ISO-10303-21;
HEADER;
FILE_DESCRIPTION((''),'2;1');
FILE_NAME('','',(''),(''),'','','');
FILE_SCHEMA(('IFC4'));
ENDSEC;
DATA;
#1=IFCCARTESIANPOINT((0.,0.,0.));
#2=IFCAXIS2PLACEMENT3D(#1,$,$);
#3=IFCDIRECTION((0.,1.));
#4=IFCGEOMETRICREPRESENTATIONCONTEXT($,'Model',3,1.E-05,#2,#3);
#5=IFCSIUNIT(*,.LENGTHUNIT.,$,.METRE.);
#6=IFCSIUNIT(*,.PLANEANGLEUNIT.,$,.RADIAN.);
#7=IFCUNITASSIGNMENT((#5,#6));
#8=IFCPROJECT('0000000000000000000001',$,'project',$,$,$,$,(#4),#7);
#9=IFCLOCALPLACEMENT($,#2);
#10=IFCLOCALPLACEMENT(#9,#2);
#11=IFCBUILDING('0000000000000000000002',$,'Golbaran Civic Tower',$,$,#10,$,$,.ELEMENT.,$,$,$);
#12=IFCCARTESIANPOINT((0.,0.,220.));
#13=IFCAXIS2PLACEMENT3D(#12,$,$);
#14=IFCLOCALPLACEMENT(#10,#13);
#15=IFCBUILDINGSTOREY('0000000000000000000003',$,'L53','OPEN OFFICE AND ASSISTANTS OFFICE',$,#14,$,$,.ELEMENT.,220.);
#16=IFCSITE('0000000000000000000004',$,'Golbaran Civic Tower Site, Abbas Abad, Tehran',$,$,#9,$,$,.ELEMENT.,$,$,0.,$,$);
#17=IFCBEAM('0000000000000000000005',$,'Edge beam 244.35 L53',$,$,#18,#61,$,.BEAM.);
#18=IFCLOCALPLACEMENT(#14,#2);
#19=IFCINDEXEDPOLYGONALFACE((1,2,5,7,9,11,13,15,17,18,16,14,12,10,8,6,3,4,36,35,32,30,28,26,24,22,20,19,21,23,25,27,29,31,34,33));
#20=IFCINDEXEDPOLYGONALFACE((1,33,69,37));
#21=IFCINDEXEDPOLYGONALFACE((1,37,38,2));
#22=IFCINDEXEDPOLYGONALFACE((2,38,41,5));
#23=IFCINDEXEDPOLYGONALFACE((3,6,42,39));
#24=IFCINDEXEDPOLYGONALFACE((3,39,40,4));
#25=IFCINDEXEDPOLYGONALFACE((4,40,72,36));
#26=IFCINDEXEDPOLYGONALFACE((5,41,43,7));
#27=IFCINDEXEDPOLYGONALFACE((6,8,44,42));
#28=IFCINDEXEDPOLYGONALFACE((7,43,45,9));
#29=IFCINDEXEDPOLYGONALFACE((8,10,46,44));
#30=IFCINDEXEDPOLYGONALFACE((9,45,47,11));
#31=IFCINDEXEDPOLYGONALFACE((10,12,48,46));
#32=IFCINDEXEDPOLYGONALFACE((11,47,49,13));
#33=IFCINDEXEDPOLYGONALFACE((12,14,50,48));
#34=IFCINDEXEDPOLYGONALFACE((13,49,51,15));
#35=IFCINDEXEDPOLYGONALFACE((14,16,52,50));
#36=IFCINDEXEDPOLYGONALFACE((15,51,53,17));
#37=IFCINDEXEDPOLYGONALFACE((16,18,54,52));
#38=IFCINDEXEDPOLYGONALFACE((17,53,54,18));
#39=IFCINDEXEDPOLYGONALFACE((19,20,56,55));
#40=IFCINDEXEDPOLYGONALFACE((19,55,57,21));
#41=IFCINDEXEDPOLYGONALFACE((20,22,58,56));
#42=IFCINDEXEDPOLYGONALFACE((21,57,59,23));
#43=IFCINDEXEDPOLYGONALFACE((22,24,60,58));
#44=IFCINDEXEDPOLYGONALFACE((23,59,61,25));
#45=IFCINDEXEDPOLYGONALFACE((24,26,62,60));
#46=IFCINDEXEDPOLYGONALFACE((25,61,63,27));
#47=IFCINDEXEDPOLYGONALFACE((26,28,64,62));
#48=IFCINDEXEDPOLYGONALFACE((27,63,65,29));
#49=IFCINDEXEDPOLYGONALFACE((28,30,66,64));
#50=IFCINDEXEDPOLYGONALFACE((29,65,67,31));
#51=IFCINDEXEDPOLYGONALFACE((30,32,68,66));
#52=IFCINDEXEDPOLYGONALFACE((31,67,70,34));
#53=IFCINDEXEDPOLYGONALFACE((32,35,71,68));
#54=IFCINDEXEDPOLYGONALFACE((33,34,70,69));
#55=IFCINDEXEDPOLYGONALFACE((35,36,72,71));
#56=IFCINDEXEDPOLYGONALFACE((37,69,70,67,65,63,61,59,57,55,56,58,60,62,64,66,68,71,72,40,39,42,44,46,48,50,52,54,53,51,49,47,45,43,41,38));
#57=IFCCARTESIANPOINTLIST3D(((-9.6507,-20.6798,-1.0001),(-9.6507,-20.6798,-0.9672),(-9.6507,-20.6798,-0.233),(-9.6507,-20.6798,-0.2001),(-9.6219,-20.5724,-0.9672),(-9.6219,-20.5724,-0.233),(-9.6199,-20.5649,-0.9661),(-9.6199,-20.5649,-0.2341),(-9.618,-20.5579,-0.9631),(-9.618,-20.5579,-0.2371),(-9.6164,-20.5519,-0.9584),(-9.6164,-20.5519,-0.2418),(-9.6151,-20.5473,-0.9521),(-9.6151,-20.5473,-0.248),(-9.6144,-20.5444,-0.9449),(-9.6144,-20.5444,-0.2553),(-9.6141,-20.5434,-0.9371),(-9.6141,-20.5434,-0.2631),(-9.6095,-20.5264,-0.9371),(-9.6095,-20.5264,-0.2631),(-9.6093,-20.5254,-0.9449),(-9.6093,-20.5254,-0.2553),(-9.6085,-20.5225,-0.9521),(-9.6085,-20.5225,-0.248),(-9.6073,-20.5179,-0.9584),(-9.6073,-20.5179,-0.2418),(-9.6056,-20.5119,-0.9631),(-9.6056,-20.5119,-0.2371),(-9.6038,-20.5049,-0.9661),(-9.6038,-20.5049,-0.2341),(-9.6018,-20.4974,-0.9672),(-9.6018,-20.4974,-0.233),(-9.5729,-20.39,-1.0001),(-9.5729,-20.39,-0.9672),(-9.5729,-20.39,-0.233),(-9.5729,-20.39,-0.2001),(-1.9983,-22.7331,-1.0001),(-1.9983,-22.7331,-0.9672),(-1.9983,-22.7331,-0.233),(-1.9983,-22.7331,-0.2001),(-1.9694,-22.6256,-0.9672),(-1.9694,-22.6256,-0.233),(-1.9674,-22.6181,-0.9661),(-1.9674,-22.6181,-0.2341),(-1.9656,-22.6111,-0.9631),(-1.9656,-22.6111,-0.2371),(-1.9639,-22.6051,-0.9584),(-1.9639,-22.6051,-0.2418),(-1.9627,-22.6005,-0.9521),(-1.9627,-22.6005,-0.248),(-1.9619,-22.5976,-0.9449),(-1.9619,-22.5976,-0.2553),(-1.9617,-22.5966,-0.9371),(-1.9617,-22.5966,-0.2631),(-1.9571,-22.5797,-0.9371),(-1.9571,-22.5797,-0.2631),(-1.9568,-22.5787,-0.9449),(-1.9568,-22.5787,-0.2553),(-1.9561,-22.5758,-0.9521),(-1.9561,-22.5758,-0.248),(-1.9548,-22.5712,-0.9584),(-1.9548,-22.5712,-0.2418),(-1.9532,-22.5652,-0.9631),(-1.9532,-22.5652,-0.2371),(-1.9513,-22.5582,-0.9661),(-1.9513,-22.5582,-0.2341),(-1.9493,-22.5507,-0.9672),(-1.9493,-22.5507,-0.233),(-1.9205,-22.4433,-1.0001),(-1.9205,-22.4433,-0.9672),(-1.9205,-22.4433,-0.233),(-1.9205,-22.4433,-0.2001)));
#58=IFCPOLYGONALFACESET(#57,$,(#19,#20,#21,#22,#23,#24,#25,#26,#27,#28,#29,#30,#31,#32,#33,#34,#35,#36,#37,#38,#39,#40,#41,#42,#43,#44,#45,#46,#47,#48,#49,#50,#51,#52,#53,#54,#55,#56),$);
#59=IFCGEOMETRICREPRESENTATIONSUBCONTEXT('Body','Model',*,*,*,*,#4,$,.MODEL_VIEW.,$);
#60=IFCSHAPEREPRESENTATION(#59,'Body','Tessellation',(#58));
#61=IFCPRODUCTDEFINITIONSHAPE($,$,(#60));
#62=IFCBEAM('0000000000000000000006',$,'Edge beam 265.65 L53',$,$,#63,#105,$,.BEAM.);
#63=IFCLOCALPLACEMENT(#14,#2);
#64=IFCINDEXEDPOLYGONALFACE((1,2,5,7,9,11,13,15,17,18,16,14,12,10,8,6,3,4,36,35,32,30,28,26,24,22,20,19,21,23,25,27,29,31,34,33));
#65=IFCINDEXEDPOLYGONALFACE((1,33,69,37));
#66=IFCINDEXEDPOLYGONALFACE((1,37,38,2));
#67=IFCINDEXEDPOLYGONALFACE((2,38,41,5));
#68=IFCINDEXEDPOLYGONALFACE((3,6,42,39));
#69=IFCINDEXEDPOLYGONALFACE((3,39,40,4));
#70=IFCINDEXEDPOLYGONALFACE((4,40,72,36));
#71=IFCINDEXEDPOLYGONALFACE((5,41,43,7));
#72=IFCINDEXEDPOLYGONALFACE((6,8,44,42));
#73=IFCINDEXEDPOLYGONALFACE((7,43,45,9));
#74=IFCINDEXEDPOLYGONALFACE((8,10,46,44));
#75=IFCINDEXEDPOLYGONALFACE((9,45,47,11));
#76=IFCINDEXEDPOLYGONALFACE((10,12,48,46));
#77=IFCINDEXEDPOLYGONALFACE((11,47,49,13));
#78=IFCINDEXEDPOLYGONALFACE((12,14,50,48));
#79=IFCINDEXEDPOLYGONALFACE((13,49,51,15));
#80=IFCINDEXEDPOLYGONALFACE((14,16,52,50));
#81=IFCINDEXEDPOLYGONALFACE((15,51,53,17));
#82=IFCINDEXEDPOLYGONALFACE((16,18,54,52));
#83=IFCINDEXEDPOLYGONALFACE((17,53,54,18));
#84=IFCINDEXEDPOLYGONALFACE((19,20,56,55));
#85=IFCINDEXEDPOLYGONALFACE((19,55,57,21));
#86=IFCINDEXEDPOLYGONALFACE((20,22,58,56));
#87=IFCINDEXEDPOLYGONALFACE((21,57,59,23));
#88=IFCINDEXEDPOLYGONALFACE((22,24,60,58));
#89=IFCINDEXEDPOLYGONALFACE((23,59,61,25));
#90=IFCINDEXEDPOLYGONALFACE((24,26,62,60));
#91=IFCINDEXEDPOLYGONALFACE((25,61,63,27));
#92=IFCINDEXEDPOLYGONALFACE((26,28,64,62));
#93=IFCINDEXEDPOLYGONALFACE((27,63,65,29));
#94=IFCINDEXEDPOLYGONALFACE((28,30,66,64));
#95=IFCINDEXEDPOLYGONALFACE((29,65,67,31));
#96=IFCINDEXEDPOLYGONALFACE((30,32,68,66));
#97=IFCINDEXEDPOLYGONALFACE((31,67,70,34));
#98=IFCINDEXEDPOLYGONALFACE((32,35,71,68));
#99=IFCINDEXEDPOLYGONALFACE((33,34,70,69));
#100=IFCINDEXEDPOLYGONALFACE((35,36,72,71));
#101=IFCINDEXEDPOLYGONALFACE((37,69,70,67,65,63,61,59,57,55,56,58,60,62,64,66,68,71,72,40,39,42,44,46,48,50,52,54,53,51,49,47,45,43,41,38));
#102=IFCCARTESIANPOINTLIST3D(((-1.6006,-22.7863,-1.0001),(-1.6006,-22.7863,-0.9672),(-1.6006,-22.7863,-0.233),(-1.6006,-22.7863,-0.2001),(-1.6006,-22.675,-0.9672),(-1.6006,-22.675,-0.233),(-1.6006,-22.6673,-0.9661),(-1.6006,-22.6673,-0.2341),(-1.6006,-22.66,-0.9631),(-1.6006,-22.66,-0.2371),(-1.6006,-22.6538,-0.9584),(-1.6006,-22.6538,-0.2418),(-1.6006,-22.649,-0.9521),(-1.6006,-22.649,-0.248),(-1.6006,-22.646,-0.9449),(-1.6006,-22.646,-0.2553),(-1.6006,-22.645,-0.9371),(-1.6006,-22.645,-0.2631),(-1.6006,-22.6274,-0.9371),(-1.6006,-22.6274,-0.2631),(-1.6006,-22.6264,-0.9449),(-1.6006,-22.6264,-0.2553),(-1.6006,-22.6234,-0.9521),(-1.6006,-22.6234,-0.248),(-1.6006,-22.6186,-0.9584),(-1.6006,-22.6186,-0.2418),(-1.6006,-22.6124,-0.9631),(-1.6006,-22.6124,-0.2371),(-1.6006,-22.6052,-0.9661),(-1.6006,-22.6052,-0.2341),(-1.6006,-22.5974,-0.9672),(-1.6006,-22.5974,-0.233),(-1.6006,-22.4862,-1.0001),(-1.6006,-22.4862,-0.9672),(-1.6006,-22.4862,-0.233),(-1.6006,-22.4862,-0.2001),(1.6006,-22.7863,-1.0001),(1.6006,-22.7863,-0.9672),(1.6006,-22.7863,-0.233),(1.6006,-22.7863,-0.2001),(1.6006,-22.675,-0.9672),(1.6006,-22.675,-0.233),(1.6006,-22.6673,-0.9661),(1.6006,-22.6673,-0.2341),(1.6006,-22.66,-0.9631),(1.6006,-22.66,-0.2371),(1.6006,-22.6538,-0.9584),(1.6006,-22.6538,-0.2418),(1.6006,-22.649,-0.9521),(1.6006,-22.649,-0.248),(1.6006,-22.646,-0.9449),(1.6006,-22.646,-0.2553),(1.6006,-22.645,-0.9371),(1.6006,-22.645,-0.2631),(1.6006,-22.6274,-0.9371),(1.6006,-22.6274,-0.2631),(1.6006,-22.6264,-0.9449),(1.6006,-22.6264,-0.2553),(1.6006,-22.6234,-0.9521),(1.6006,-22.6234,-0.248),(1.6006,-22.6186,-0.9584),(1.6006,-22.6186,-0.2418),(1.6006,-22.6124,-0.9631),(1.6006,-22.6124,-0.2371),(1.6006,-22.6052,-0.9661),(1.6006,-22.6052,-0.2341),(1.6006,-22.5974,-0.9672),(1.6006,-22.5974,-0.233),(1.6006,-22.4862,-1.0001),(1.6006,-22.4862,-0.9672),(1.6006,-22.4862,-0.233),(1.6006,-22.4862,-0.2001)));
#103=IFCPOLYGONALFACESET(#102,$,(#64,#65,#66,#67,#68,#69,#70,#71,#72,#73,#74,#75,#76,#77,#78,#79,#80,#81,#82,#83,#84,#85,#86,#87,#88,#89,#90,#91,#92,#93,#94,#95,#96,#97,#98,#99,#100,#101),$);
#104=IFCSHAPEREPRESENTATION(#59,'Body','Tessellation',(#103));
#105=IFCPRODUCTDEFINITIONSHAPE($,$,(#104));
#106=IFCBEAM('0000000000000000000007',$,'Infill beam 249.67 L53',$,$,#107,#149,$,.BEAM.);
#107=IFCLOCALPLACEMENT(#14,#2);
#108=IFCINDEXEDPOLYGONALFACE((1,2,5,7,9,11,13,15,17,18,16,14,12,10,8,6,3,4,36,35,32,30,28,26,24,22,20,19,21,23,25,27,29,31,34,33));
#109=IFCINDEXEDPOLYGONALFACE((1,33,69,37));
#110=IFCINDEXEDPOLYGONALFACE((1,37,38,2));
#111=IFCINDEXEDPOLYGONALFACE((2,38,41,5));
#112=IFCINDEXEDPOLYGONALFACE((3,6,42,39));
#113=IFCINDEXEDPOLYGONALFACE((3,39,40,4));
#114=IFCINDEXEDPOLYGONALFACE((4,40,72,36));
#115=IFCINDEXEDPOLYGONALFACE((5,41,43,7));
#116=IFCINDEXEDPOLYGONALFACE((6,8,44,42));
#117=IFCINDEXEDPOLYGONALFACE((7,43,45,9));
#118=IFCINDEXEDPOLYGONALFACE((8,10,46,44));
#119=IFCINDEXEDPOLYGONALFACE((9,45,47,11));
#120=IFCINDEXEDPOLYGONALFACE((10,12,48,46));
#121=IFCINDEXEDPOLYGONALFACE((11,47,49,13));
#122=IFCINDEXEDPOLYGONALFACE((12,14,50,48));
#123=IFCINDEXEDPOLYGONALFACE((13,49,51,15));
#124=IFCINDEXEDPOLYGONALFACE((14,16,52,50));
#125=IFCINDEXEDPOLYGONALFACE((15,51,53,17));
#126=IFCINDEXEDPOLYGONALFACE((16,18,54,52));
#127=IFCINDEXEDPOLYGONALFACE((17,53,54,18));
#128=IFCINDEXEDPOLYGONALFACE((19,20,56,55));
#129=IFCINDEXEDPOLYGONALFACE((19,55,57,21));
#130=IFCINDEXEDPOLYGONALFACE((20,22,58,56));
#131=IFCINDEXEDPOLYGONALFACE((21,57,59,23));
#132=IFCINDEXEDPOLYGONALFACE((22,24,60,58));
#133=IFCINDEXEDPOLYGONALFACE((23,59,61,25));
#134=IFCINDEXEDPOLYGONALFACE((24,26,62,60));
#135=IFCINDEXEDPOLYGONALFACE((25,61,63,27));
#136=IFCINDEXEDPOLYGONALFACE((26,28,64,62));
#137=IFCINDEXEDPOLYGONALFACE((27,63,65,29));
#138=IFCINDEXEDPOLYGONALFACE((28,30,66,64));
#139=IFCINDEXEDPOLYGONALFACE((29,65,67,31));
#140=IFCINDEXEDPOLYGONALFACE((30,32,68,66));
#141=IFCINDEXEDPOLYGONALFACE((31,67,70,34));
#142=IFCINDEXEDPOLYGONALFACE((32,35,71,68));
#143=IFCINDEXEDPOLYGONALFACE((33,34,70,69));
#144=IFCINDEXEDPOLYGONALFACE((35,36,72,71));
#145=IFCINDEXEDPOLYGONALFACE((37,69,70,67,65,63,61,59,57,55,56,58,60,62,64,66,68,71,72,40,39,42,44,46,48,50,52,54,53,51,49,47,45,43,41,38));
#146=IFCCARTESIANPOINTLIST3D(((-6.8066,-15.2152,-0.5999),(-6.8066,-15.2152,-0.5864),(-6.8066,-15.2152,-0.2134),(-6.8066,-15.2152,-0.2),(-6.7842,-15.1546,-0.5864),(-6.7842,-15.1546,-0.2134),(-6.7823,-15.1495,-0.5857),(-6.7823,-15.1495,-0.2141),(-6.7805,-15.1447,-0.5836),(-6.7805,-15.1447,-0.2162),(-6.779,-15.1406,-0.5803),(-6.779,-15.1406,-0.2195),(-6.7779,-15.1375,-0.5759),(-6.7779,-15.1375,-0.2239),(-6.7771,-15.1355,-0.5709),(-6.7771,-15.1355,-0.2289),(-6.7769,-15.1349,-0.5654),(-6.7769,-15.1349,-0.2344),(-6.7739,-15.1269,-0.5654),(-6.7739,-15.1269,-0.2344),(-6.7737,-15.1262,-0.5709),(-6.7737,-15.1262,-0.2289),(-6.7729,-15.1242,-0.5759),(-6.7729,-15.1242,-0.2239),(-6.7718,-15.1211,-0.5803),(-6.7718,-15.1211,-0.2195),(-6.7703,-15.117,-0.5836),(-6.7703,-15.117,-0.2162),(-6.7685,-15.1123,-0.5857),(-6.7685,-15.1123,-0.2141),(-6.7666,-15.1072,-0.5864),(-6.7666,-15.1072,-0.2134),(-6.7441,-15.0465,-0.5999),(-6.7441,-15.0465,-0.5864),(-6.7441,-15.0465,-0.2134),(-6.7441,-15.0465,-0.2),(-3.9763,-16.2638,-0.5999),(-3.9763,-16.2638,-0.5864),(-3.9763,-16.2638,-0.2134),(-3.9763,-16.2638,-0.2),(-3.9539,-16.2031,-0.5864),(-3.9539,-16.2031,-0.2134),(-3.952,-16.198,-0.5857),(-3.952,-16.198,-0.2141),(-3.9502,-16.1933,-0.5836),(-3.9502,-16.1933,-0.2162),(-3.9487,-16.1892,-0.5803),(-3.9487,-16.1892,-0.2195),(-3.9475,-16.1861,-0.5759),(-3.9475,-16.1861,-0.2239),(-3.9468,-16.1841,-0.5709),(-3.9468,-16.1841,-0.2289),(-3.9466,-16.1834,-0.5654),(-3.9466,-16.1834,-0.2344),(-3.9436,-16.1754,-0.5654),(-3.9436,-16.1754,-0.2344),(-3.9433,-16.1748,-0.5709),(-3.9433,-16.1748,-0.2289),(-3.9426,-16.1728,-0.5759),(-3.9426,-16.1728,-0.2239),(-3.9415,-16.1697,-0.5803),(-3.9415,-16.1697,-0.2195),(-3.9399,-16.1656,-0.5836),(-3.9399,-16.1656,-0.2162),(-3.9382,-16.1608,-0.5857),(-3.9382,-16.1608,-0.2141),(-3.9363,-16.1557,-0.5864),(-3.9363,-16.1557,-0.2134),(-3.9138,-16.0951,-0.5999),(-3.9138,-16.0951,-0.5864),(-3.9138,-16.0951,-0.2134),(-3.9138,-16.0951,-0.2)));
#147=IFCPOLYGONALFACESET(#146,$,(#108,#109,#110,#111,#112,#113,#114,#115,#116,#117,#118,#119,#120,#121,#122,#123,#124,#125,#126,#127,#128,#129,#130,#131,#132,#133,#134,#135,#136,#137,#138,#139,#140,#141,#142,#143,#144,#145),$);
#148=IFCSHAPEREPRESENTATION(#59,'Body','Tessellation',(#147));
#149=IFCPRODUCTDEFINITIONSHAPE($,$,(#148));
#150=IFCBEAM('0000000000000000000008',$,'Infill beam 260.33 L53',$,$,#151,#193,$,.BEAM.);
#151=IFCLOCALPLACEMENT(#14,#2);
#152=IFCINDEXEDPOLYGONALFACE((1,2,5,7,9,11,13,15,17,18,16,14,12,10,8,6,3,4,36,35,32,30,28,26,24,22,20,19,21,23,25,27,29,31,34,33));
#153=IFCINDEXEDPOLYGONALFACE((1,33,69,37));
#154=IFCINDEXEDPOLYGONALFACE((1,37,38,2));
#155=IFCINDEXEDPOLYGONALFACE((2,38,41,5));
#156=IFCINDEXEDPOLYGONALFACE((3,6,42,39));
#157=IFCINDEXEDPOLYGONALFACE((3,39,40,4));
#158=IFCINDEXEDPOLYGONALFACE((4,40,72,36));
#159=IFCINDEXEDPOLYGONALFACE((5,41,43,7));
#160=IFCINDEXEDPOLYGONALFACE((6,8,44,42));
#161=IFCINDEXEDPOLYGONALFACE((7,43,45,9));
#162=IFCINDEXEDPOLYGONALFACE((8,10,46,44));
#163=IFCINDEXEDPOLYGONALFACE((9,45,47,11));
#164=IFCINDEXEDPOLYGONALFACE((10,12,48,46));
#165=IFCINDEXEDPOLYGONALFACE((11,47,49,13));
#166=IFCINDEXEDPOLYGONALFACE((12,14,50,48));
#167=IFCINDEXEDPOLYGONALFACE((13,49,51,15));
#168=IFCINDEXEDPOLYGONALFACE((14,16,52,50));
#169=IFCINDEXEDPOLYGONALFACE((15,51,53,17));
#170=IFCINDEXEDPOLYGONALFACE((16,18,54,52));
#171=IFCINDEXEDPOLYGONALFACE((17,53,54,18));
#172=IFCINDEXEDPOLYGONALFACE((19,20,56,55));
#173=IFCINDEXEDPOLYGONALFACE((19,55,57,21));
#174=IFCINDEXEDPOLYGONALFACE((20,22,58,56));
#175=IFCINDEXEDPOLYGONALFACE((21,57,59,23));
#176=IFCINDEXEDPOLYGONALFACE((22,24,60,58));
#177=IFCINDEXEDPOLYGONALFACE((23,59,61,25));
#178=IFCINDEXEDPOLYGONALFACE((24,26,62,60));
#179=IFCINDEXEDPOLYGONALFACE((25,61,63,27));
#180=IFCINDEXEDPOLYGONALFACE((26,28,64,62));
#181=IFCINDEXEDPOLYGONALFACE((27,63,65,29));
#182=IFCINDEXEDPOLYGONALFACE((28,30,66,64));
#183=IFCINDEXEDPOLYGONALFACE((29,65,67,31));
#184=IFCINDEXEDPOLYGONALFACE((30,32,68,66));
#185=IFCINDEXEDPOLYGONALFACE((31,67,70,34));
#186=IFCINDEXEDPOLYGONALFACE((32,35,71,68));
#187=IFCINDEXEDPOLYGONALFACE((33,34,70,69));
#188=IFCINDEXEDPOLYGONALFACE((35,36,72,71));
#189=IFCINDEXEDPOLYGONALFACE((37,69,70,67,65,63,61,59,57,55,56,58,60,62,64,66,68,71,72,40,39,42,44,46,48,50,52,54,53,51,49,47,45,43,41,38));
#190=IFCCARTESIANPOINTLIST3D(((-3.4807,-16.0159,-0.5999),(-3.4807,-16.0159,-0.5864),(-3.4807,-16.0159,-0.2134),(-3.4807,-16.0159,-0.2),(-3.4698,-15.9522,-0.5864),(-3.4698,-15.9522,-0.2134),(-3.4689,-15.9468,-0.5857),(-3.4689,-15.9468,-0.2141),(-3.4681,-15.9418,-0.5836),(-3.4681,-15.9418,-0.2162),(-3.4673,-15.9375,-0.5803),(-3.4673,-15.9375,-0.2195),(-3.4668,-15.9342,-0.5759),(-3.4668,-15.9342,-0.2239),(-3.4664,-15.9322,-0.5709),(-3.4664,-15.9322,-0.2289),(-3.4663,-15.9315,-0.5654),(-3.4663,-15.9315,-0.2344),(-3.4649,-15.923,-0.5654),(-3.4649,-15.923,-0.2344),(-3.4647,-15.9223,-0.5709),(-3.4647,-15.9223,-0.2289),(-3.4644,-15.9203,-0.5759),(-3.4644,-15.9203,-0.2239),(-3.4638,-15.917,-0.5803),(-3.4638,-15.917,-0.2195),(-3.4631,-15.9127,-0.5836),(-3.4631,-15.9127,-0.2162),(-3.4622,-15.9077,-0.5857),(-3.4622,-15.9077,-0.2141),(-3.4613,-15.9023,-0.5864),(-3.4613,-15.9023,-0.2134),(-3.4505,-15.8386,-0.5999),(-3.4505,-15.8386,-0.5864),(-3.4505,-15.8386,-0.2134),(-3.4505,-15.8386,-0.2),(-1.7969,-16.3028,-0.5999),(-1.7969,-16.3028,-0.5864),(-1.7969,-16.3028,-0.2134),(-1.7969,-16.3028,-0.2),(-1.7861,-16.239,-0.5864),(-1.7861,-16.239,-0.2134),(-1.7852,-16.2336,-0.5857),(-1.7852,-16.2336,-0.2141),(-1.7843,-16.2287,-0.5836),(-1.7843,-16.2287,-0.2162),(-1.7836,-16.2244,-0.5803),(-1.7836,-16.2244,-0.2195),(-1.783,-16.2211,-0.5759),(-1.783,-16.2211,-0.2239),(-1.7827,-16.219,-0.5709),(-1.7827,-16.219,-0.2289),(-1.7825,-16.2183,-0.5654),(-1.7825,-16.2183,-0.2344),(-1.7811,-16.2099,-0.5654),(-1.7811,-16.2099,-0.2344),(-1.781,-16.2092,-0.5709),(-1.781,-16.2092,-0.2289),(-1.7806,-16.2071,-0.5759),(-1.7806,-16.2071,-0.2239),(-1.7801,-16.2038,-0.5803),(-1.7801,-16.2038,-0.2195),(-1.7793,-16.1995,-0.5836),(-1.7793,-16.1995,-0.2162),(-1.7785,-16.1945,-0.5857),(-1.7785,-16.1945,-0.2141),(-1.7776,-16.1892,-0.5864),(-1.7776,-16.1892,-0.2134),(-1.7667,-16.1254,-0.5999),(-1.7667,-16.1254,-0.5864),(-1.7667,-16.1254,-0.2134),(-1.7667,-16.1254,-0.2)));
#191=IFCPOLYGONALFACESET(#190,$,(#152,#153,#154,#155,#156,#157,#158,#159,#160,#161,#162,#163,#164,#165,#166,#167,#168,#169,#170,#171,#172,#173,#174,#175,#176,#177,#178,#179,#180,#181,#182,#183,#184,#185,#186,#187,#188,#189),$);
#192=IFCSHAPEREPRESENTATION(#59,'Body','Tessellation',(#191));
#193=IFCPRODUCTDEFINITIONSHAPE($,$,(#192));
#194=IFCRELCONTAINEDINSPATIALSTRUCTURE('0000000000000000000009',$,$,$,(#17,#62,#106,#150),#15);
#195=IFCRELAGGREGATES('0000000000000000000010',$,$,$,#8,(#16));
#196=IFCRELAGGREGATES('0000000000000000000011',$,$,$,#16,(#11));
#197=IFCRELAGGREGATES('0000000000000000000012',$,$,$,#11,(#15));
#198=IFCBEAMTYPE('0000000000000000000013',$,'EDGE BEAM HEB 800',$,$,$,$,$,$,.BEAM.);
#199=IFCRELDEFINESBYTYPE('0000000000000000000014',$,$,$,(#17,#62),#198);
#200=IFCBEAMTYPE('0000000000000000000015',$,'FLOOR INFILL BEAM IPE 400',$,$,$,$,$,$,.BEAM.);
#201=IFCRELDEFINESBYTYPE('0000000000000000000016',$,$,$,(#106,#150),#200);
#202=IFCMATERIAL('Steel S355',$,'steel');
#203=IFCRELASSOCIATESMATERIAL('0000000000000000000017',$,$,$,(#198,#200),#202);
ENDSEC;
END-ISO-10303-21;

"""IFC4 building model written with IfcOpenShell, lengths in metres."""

from ifc_helpers import new_model, si_unit, direction, frame, origin, origin_2d, place, context, subcontext, project, spatial, i_section, extrude, material, material_profile, profile_set, type_object, element, save


model = new_model("IFC4")

# Units and contexts
model_context = context("Model", 3, precision=1e-05, world=origin(), true_north=direction((0.0, 1.0)))
body_context = subcontext(model_context, "Body", "Model", "MODEL_VIEW")
ifc_project = project(units=[si_unit("LENGTHUNIT", "METRE"), si_unit("PLANEANGLEUNIT", "RADIAN")], contexts=[model_context])

# Site, building, storey
site_placement = place(None, origin())
site = spatial("IfcSite", under=ifc_project, at=site_placement, Name="Golbaran Civic Tower Site, Abbas Abad, Tehran", CompositionType="ELEMENT", RefElevation=0.0)
building_placement = place(site_placement, origin())
building = spatial("IfcBuilding", under=site, at=building_placement, Name="Golbaran Civic Tower", CompositionType="ELEMENT")
storey_placement = place(building_placement, frame((0.0, 0.0, 220.0)))
storey = spatial("IfcBuildingStorey", under=building, at=storey_placement, Name="L53", Description="OPEN OFFICE AND ASSISTANTS OFFICE", CompositionType="ELEMENT", Elevation=220.0)

# Beams
ifc_material_1 = material(Name="Steel S355", Category="steel")
ifc_material_profile_1 = material_profile(ifc_material_1, i_section(OverallWidth=0.3, OverallDepth=0.8, WebThickness=0.0176, FlangeThickness=0.033, FilletRadius=0.03, at=origin_2d()), Name="HEB 800")
ifc_profile_set_1 = profile_set([ifc_material_profile_1], Name="Steel S355")
beam_type_1 = type_object("IfcBeamType", Name="EDGE BEAM HEB 800", PredefinedType="BEAM", material=ifc_profile_set_1)
beam_1_placement = place(storey_placement, frame((-9.6118, -20.5349, -0.6001), z_axis=(0.965838, -0.259147, 0.0), x_axis=(0.259147, 0.965838, 0.0)))
element("IfcBeam", 1, at=beam_1_placement, inside=storey, type_object=beam_type_1, Name="Edge beam 244.35 L53", PredefinedType="BEAM", context=body_context, shape_type="SweptSolid", body=[
    extrude(i_section(OverallWidth=0.3, OverallDepth=0.8, WebThickness=0.0176, FlangeThickness=0.033, FilletRadius=0.03, at=origin_2d()), origin(), (0.0, 0.0, 1.0), 7.9231),
])
beam_2_placement = place(storey_placement, frame((-1.6006, -22.6362, -0.6001), z_axis=(1.0, 0.0, 0.0), x_axis=(0.0, 1.0, 0.0)))
element("IfcBeam", 2, at=beam_2_placement, inside=storey, type_object=beam_type_1, Name="Edge beam 265.65 L53", PredefinedType="BEAM", context=body_context, shape_type="SweptSolid", body=[
    extrude(i_section(OverallWidth=0.3, OverallDepth=0.8, WebThickness=0.0176, FlangeThickness=0.033, FilletRadius=0.03, at=origin_2d()), origin(), (0.0, 0.0, 1.0), 3.2012),
])
ifc_material_profile_2 = material_profile(ifc_material_1, i_section(OverallWidth=0.1799, OverallDepth=0.3999, WebThickness=0.0085, FlangeThickness=0.0134, FilletRadius=0.021, at=origin_2d()), Name="IPE 400")
ifc_profile_set_2 = profile_set([ifc_material_profile_2], Name="Steel S355")
beam_type_2 = type_object("IfcBeamType", Name="FLOOR INFILL BEAM IPE 400", PredefinedType="BEAM", material=ifc_profile_set_2)
beam_3_placement = place(storey_placement, frame((-6.7754, -15.1309, -0.3999), z_axis=(0.937715, -0.347407, 0.0), x_axis=(0.347407, 0.937715, 0.0)))
element("IfcBeam", 3, at=beam_3_placement, inside=storey, type_object=beam_type_2, Name="Infill beam 249.67 L53", PredefinedType="BEAM", context=body_context, shape_type="SweptSolid", body=[
    extrude(i_section(OverallWidth=0.1799, OverallDepth=0.3999, WebThickness=0.0085, FlangeThickness=0.0134, FilletRadius=0.021, at=origin_2d()), origin(), (0.0, 0.0, 1.0), 3.0183),
])
beam_4_placement = place(storey_placement, frame((-3.4656, -15.9272, -0.3999), z_axis=(0.985797, -0.167944, 0.0), x_axis=(0.167944, 0.985797, 0.0)))
element("IfcBeam", 4, at=beam_4_placement, inside=storey, type_object=beam_type_2, Name="Infill beam 260.33 L53", PredefinedType="BEAM", context=body_context, shape_type="SweptSolid", body=[
    extrude(i_section(OverallWidth=0.1799, OverallDepth=0.3999, WebThickness=0.0085, FlangeThickness=0.0134, FilletRadius=0.021, at=origin_2d()), origin(), (0.0, 0.0, 1.0), 1.708),
])

save(model, "model.ifc")
